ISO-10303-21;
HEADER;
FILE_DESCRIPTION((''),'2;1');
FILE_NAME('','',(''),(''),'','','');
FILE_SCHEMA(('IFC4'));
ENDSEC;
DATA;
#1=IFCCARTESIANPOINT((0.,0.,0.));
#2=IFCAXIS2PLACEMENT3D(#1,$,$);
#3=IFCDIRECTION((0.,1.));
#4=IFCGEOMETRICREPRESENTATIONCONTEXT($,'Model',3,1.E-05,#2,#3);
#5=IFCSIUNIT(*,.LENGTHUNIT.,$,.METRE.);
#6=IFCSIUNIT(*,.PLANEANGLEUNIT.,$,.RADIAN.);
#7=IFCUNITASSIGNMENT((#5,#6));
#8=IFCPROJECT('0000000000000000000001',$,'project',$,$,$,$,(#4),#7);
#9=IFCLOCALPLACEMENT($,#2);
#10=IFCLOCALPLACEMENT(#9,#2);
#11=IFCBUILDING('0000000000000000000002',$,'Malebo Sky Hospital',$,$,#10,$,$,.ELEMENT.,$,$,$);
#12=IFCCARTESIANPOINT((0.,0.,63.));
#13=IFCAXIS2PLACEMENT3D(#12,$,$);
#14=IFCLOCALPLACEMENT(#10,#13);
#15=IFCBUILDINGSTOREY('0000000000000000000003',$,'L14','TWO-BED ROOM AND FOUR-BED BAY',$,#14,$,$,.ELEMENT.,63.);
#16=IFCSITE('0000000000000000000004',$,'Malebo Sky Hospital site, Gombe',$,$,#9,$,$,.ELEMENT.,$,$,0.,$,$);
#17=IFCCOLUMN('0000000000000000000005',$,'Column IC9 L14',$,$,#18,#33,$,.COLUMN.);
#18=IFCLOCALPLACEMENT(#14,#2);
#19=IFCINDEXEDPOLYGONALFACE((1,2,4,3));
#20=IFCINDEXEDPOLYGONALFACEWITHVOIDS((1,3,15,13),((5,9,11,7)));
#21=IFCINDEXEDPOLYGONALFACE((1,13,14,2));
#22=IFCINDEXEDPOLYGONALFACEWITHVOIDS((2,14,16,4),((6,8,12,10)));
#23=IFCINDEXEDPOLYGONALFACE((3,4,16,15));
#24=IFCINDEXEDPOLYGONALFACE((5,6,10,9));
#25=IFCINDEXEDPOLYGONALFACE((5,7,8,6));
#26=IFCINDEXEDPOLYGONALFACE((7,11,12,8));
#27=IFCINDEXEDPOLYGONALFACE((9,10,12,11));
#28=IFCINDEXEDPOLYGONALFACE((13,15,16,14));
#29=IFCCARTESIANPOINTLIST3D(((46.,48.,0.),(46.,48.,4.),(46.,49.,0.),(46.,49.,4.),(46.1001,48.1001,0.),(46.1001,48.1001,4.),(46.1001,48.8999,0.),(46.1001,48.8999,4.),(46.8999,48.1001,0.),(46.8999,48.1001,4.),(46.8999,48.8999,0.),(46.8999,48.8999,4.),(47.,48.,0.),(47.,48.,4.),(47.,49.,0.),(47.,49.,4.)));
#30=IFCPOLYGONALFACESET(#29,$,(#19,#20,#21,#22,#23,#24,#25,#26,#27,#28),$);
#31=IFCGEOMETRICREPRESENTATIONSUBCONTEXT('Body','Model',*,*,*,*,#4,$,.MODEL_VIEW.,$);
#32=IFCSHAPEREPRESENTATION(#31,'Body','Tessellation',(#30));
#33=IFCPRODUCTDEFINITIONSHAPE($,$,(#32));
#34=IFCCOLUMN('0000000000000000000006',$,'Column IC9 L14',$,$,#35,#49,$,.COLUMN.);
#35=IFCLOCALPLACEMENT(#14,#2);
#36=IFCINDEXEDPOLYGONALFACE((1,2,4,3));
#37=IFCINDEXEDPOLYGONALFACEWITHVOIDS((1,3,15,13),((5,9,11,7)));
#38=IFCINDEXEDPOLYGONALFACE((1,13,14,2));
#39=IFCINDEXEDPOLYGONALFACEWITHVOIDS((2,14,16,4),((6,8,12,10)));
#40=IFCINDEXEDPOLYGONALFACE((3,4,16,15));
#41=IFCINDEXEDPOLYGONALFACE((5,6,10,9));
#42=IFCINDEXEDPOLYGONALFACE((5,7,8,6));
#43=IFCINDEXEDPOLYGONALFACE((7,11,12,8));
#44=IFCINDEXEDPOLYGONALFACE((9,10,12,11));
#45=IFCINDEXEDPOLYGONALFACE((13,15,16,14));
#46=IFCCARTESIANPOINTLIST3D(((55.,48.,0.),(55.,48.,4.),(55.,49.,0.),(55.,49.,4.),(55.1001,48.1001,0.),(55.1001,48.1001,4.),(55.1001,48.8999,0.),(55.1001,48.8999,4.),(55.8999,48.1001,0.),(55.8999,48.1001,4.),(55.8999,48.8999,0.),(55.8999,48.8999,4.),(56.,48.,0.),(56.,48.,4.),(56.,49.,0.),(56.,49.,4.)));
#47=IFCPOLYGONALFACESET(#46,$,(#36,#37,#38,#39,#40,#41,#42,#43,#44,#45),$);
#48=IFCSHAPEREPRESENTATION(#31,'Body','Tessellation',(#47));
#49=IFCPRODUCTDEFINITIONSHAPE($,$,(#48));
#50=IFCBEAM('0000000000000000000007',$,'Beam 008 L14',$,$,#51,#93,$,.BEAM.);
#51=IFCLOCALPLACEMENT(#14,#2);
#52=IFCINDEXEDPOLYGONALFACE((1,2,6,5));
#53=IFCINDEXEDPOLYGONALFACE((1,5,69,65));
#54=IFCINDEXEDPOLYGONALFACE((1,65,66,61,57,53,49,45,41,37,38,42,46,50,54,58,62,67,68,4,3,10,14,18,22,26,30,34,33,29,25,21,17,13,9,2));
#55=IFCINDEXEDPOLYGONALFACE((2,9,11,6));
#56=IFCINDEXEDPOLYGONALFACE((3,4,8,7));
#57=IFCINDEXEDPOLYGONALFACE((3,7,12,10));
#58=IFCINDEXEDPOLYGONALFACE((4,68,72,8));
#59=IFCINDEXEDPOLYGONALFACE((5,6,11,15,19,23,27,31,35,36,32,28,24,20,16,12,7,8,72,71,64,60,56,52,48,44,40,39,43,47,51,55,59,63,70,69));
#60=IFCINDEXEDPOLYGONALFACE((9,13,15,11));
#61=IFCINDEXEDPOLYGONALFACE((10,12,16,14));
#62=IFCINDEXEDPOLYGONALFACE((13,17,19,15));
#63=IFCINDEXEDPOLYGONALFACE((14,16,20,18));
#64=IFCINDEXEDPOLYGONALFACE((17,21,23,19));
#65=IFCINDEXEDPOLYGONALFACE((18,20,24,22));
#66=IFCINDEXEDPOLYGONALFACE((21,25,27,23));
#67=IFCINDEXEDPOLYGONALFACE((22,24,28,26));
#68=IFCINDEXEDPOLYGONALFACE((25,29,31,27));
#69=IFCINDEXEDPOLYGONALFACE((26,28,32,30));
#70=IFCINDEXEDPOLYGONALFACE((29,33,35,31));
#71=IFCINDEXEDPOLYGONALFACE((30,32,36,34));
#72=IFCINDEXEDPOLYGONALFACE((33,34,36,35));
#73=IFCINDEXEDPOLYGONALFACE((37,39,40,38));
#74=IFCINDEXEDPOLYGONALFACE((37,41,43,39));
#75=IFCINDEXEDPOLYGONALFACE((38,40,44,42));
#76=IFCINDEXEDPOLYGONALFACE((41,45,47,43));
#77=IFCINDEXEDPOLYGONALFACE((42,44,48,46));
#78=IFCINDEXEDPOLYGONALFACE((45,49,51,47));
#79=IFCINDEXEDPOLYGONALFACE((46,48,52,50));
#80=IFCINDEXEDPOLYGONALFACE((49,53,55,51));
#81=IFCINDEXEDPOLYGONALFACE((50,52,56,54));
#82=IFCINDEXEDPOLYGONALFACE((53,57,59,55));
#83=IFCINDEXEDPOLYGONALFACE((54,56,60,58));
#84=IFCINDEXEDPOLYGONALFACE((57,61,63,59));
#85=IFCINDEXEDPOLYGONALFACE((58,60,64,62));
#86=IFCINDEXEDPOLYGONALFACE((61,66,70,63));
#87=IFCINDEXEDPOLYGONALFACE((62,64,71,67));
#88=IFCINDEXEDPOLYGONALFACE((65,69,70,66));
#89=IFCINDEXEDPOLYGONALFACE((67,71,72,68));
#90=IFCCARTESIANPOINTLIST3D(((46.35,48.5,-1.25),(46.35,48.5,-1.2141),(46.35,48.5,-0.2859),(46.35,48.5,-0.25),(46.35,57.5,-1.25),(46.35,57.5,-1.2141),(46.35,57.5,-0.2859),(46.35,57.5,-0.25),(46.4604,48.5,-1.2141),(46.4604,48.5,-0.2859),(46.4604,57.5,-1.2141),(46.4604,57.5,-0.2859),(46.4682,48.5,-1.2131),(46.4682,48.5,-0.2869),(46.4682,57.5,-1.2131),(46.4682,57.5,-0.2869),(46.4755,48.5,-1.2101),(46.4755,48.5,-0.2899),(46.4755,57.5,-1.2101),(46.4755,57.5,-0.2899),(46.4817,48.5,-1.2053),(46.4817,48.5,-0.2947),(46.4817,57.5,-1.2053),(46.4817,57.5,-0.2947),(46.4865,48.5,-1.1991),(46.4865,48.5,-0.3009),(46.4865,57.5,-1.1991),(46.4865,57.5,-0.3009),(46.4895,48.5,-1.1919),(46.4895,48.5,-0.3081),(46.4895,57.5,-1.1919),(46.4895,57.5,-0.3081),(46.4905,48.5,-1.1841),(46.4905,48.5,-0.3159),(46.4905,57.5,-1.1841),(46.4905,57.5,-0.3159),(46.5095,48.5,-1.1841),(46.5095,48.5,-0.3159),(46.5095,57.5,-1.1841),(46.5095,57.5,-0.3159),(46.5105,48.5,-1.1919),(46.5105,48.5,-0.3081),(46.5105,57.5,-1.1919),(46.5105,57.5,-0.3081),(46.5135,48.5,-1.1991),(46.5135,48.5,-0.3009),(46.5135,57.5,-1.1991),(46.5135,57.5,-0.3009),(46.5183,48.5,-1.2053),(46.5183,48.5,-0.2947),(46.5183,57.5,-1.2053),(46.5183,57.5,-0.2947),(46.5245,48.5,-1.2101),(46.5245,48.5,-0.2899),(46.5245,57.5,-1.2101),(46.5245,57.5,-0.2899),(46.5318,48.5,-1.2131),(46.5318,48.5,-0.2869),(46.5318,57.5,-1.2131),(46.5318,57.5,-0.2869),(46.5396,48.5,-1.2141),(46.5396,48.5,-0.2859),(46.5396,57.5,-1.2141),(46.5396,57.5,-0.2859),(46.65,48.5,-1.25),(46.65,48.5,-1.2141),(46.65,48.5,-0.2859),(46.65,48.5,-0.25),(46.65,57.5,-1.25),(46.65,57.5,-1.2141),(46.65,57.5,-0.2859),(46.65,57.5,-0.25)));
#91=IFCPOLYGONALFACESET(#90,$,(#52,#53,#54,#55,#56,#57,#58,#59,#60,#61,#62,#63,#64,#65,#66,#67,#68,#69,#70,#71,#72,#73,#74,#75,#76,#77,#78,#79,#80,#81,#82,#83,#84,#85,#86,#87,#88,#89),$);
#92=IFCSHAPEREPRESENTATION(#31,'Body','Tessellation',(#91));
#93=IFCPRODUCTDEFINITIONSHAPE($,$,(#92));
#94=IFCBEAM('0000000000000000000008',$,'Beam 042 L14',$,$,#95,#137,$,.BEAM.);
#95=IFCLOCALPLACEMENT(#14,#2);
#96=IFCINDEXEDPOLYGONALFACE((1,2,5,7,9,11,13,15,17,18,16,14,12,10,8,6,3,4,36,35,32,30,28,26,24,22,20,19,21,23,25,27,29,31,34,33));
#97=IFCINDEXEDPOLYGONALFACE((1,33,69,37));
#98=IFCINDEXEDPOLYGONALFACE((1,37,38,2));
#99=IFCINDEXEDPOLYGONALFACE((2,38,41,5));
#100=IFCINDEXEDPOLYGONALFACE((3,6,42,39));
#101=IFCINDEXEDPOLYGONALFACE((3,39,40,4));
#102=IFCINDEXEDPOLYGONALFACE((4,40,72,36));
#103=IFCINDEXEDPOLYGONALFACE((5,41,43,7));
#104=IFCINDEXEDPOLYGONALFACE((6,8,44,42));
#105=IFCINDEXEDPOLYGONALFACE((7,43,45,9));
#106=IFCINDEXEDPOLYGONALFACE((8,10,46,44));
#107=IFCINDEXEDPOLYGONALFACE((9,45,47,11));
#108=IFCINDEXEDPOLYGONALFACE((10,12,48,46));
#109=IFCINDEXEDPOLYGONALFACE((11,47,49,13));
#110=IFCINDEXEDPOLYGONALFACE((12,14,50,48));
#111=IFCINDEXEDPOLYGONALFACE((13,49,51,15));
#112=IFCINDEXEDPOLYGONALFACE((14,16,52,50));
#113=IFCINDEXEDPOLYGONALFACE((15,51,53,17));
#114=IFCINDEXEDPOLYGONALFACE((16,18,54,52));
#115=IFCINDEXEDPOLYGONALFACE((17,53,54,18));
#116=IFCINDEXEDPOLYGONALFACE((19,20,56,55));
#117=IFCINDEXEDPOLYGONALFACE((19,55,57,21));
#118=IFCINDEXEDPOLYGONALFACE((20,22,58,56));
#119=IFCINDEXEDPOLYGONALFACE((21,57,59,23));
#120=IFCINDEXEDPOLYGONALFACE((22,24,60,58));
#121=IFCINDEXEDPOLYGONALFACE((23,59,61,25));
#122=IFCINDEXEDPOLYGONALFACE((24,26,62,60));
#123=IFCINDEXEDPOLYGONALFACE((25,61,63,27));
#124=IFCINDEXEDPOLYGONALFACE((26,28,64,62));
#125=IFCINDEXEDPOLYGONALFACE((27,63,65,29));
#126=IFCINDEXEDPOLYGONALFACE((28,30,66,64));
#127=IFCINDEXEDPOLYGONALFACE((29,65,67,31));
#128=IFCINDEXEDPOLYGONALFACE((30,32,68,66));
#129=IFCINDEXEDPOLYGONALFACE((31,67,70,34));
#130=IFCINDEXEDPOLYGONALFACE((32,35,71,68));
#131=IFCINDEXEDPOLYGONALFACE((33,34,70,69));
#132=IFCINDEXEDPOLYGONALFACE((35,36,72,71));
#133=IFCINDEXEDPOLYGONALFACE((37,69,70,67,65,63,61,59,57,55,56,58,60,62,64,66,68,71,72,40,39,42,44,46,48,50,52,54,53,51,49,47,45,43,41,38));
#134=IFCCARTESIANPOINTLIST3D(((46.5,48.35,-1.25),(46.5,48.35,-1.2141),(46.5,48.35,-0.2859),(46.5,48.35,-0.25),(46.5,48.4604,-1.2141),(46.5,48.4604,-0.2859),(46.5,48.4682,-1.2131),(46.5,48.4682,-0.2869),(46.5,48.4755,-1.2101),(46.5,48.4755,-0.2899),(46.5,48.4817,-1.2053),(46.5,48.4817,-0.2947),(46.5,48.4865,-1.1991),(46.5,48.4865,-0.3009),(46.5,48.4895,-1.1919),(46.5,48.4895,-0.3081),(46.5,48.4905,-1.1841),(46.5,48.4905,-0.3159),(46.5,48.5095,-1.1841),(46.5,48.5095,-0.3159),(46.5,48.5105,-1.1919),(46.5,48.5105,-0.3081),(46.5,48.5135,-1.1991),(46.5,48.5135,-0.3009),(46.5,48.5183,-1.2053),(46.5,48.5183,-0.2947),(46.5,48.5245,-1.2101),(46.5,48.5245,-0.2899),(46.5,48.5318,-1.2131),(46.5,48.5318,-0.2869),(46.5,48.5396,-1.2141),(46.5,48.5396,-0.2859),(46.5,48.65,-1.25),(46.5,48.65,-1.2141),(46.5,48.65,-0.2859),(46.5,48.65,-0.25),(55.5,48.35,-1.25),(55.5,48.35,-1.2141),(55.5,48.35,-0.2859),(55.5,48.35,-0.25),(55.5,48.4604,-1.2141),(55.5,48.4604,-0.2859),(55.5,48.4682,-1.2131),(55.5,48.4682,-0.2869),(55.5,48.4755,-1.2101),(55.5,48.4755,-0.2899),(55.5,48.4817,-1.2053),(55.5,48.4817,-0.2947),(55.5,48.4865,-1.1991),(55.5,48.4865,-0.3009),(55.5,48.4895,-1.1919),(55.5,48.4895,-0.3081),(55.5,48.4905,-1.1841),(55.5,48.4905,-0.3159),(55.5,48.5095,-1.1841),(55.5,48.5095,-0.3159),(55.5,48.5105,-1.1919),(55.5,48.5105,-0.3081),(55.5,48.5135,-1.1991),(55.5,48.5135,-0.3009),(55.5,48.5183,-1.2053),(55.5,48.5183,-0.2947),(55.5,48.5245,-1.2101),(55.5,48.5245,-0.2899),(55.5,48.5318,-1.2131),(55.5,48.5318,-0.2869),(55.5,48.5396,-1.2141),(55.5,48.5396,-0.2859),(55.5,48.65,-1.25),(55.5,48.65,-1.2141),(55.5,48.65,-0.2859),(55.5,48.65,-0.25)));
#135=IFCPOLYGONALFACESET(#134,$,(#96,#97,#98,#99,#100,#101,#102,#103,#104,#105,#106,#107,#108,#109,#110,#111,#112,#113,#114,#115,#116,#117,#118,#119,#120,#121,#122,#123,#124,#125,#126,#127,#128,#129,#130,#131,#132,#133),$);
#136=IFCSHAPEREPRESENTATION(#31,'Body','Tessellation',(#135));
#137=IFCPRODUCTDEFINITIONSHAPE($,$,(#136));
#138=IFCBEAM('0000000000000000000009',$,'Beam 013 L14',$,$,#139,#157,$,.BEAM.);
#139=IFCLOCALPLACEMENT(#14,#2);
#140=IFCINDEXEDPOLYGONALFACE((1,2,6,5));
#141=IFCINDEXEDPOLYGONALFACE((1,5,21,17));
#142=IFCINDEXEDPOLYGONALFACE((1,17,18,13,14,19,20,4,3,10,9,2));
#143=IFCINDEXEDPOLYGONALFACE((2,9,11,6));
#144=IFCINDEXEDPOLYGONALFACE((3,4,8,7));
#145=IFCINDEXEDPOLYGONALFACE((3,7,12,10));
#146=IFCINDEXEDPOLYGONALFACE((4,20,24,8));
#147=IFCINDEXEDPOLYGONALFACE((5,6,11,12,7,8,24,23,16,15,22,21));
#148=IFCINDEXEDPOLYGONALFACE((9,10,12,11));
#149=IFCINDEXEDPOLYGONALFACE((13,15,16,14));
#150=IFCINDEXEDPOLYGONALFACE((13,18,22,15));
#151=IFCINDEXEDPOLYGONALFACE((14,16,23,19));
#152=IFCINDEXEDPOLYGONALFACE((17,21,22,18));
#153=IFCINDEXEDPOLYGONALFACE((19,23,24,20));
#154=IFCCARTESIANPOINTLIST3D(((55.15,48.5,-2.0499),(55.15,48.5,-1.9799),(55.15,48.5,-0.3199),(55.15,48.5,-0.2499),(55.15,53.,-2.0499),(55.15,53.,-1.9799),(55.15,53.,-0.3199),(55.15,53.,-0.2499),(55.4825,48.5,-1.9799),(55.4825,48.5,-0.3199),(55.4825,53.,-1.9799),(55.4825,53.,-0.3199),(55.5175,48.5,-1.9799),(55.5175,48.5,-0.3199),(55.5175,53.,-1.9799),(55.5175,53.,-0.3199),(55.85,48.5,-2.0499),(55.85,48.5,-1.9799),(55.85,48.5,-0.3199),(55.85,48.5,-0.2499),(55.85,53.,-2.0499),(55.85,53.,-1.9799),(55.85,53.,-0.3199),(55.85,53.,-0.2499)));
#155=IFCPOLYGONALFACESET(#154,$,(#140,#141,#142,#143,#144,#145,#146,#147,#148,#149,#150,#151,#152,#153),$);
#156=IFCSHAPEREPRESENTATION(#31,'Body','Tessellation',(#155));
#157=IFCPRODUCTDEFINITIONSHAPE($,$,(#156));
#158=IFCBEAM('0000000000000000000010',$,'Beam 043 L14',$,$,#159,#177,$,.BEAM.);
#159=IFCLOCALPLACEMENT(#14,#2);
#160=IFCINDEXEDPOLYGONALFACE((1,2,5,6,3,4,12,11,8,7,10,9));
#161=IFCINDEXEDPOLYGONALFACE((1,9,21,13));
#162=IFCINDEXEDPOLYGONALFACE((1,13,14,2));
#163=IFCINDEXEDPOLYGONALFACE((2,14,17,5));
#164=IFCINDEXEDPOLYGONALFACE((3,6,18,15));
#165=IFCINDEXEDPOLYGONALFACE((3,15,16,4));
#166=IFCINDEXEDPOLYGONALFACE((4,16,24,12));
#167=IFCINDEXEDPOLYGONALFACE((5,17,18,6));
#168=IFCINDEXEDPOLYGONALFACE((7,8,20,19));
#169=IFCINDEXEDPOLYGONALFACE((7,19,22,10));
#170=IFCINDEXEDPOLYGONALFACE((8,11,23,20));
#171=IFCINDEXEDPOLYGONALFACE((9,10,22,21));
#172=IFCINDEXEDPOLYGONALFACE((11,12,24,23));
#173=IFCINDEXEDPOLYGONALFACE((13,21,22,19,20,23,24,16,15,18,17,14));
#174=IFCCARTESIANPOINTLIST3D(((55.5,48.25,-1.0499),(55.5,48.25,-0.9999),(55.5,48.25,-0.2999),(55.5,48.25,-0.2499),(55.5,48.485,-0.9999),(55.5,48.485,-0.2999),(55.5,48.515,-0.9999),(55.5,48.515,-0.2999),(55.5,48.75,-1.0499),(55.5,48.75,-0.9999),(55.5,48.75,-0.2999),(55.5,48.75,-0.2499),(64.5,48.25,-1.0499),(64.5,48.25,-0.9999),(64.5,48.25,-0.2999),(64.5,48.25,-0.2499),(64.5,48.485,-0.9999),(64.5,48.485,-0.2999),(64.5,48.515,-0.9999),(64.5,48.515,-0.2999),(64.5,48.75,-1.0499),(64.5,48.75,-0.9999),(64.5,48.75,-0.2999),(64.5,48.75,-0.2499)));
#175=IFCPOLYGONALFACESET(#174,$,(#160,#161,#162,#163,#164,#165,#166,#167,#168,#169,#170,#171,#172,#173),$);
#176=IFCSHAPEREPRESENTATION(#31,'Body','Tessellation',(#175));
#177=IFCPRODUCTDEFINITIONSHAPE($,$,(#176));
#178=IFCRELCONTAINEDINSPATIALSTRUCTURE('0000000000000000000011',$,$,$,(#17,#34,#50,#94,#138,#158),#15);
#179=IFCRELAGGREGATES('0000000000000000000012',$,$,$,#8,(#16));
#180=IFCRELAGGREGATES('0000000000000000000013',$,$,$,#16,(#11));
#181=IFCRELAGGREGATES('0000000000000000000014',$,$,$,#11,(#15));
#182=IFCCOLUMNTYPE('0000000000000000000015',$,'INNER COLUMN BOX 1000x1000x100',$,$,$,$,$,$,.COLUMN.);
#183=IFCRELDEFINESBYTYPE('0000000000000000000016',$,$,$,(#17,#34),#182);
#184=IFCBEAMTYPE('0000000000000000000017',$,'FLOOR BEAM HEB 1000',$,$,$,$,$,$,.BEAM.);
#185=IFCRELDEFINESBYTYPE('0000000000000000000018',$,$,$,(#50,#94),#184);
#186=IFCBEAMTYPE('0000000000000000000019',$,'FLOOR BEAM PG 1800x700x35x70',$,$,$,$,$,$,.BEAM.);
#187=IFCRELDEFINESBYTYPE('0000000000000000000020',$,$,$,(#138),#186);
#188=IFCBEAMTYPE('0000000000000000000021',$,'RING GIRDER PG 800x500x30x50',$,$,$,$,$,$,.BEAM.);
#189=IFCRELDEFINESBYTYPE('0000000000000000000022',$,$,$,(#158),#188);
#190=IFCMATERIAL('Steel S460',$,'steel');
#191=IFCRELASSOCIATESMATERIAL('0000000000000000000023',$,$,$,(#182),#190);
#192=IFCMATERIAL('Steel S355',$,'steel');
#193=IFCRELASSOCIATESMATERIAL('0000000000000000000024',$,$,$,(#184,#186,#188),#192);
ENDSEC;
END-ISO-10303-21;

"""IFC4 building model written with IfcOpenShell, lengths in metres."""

from ifc_helpers import new_model, si_unit, direction, frame, origin, origin_2d, place, context, subcontext, project, spatial, hollow_rectangle, i_section, extrude, material, material_profile, profile_set, type_object, element, save


model = new_model("IFC4")

# Units and contexts
model_context = context("Model", 3, precision=1e-05, world=origin(), true_north=direction((0.0, 1.0)))
body_context = subcontext(model_context, "Body", "Model", "MODEL_VIEW")
ifc_project = project(units=[si_unit("LENGTHUNIT", "METRE"), si_unit("PLANEANGLEUNIT", "RADIAN")], contexts=[model_context])

# Site, building, storey
site_placement = place(None, origin())
site = spatial("IfcSite", under=ifc_project, at=site_placement, Name="Malebo Sky Hospital site, Gombe", CompositionType="ELEMENT", RefElevation=0.0)
building_placement = place(site_placement, origin())
building = spatial("IfcBuilding", under=site, at=building_placement, Name="Malebo Sky Hospital", CompositionType="ELEMENT")
storey_placement = place(building_placement, frame((0.0, 0.0, 63.0)))
storey = spatial("IfcBuildingStorey", under=building, at=storey_placement, Name="L14", Description="TWO-BED ROOM AND FOUR-BED BAY", CompositionType="ELEMENT", Elevation=63.0)

# Columns
ifc_material_1 = material(Name="Steel S460", Category="steel")
ifc_material_profile_1 = material_profile(ifc_material_1, hollow_rectangle(XDim=1.0, YDim=1.0, WallThickness=0.1001, at=origin_2d()), Name="BOX 1000x1000x100")
ifc_profile_set_1 = profile_set([ifc_material_profile_1], Name="Steel S460")
column_type = type_object("IfcColumnType", Name="INNER COLUMN BOX 1000x1000x100", PredefinedType="COLUMN", material=ifc_profile_set_1)
for number, where, z_axis, x_axis, name in (
    (1, (46.5, 48.5, 0.0), (0.0, 0.0, 1.0), (1.0, 0.0, 0.0), "Column IC9 L14"),
    (2, (55.5, 48.5, 0.0), (0.0, 0.0, 1.0), (1.0, 0.0, 0.0), "Column IC9 L14"),
):
    element("IfcColumn", number, at=place(storey_placement, frame(where, z_axis=z_axis, x_axis=x_axis)), inside=storey, type_object=column_type, Name=name, PredefinedType="COLUMN", context=body_context, shape_type="SweptSolid", body=[
        extrude(hollow_rectangle(XDim=1.0, YDim=1.0, WallThickness=0.1001, at=origin_2d()), origin(), (0.0, 0.0, 1.0), 4.0),
    ])

# Beams
ifc_material_2 = material(Name="Steel S355", Category="steel")
ifc_material_profile_2 = material_profile(ifc_material_2, i_section(OverallWidth=0.3, OverallDepth=1.0, WebThickness=0.019, FlangeThickness=0.0359, FilletRadius=0.03, at=origin_2d()), Name="HEB 1000")
ifc_profile_set_2 = profile_set([ifc_material_profile_2], Name="Steel S355")
beam_type_1 = type_object("IfcBeamType", Name="FLOOR BEAM HEB 1000", PredefinedType="BEAM", material=ifc_profile_set_2)
for number, where, z_axis, x_axis, name in (
    (3, (46.5, 48.5, -0.75), (0.0, 1.0, 0.0), (-1.0, 0.0, 0.0), "Beam 008 L14"),
    (4, (46.5, 48.5, -0.75), (1.0, 0.0, 0.0), (0.0, 1.0, 0.0), "Beam 042 L14"),
):
    element("IfcBeam", number, at=place(storey_placement, frame(where, z_axis=z_axis, x_axis=x_axis)), inside=storey, type_object=beam_type_1, Name=name, PredefinedType="BEAM", context=body_context, shape_type="SweptSolid", body=[
        extrude(i_section(OverallWidth=0.3, OverallDepth=1.0, WebThickness=0.019, FlangeThickness=0.0359, FilletRadius=0.03, at=origin_2d()), origin(), (0.0, 0.0, 1.0), 9.0),
    ])
ifc_material_profile_3 = material_profile(ifc_material_2, i_section(OverallWidth=0.7, OverallDepth=1.8, WebThickness=0.0349, FlangeThickness=0.0701, at=origin_2d()), Name="PG 1800x700x35x70")
ifc_profile_set_3 = profile_set([ifc_material_profile_3], Name="Steel S355")
beam_type_2 = type_object("IfcBeamType", Name="FLOOR BEAM PG 1800x700x35x70", PredefinedType="BEAM", material=ifc_profile_set_3)
beam_1_placement = place(storey_placement, frame((55.5, 48.5, -1.1499), z_axis=(0.0, 1.0, 0.0), x_axis=(-1.0, 0.0, 0.0)))
element("IfcBeam", 5, at=beam_1_placement, inside=storey, type_object=beam_type_2, Name="Beam 013 L14", PredefinedType="BEAM", context=body_context, shape_type="SweptSolid", body=[
    extrude(i_section(OverallWidth=0.7, OverallDepth=1.8, WebThickness=0.0349, FlangeThickness=0.0701, at=origin_2d()), origin(), (0.0, 0.0, 1.0), 4.5),
])
ifc_material_profile_4 = material_profile(ifc_material_2, i_section(OverallWidth=0.5, OverallDepth=0.8, WebThickness=0.03, FlangeThickness=0.05, at=origin_2d()), Name="PG 800x500x30x50")
ifc_profile_set_4 = profile_set([ifc_material_profile_4], Name="Steel S355")
beam_type_3 = type_object("IfcBeamType", Name="RING GIRDER PG 800x500x30x50", PredefinedType="BEAM", material=ifc_profile_set_4)
beam_2_placement = place(storey_placement, frame((55.5, 48.5, -0.6499), z_axis=(1.0, 0.0, 0.0), x_axis=(0.0, 1.0, 0.0)))
element("IfcBeam", 6, at=beam_2_placement, inside=storey, type_object=beam_type_3, Name="Beam 043 L14", PredefinedType="BEAM", context=body_context, shape_type="SweptSolid", body=[
    extrude(i_section(OverallWidth=0.5, OverallDepth=0.8, WebThickness=0.03, FlangeThickness=0.05, at=origin_2d()), origin(), (0.0, 0.0, 1.0), 9.0),
])

save(model, "model.ifc")
